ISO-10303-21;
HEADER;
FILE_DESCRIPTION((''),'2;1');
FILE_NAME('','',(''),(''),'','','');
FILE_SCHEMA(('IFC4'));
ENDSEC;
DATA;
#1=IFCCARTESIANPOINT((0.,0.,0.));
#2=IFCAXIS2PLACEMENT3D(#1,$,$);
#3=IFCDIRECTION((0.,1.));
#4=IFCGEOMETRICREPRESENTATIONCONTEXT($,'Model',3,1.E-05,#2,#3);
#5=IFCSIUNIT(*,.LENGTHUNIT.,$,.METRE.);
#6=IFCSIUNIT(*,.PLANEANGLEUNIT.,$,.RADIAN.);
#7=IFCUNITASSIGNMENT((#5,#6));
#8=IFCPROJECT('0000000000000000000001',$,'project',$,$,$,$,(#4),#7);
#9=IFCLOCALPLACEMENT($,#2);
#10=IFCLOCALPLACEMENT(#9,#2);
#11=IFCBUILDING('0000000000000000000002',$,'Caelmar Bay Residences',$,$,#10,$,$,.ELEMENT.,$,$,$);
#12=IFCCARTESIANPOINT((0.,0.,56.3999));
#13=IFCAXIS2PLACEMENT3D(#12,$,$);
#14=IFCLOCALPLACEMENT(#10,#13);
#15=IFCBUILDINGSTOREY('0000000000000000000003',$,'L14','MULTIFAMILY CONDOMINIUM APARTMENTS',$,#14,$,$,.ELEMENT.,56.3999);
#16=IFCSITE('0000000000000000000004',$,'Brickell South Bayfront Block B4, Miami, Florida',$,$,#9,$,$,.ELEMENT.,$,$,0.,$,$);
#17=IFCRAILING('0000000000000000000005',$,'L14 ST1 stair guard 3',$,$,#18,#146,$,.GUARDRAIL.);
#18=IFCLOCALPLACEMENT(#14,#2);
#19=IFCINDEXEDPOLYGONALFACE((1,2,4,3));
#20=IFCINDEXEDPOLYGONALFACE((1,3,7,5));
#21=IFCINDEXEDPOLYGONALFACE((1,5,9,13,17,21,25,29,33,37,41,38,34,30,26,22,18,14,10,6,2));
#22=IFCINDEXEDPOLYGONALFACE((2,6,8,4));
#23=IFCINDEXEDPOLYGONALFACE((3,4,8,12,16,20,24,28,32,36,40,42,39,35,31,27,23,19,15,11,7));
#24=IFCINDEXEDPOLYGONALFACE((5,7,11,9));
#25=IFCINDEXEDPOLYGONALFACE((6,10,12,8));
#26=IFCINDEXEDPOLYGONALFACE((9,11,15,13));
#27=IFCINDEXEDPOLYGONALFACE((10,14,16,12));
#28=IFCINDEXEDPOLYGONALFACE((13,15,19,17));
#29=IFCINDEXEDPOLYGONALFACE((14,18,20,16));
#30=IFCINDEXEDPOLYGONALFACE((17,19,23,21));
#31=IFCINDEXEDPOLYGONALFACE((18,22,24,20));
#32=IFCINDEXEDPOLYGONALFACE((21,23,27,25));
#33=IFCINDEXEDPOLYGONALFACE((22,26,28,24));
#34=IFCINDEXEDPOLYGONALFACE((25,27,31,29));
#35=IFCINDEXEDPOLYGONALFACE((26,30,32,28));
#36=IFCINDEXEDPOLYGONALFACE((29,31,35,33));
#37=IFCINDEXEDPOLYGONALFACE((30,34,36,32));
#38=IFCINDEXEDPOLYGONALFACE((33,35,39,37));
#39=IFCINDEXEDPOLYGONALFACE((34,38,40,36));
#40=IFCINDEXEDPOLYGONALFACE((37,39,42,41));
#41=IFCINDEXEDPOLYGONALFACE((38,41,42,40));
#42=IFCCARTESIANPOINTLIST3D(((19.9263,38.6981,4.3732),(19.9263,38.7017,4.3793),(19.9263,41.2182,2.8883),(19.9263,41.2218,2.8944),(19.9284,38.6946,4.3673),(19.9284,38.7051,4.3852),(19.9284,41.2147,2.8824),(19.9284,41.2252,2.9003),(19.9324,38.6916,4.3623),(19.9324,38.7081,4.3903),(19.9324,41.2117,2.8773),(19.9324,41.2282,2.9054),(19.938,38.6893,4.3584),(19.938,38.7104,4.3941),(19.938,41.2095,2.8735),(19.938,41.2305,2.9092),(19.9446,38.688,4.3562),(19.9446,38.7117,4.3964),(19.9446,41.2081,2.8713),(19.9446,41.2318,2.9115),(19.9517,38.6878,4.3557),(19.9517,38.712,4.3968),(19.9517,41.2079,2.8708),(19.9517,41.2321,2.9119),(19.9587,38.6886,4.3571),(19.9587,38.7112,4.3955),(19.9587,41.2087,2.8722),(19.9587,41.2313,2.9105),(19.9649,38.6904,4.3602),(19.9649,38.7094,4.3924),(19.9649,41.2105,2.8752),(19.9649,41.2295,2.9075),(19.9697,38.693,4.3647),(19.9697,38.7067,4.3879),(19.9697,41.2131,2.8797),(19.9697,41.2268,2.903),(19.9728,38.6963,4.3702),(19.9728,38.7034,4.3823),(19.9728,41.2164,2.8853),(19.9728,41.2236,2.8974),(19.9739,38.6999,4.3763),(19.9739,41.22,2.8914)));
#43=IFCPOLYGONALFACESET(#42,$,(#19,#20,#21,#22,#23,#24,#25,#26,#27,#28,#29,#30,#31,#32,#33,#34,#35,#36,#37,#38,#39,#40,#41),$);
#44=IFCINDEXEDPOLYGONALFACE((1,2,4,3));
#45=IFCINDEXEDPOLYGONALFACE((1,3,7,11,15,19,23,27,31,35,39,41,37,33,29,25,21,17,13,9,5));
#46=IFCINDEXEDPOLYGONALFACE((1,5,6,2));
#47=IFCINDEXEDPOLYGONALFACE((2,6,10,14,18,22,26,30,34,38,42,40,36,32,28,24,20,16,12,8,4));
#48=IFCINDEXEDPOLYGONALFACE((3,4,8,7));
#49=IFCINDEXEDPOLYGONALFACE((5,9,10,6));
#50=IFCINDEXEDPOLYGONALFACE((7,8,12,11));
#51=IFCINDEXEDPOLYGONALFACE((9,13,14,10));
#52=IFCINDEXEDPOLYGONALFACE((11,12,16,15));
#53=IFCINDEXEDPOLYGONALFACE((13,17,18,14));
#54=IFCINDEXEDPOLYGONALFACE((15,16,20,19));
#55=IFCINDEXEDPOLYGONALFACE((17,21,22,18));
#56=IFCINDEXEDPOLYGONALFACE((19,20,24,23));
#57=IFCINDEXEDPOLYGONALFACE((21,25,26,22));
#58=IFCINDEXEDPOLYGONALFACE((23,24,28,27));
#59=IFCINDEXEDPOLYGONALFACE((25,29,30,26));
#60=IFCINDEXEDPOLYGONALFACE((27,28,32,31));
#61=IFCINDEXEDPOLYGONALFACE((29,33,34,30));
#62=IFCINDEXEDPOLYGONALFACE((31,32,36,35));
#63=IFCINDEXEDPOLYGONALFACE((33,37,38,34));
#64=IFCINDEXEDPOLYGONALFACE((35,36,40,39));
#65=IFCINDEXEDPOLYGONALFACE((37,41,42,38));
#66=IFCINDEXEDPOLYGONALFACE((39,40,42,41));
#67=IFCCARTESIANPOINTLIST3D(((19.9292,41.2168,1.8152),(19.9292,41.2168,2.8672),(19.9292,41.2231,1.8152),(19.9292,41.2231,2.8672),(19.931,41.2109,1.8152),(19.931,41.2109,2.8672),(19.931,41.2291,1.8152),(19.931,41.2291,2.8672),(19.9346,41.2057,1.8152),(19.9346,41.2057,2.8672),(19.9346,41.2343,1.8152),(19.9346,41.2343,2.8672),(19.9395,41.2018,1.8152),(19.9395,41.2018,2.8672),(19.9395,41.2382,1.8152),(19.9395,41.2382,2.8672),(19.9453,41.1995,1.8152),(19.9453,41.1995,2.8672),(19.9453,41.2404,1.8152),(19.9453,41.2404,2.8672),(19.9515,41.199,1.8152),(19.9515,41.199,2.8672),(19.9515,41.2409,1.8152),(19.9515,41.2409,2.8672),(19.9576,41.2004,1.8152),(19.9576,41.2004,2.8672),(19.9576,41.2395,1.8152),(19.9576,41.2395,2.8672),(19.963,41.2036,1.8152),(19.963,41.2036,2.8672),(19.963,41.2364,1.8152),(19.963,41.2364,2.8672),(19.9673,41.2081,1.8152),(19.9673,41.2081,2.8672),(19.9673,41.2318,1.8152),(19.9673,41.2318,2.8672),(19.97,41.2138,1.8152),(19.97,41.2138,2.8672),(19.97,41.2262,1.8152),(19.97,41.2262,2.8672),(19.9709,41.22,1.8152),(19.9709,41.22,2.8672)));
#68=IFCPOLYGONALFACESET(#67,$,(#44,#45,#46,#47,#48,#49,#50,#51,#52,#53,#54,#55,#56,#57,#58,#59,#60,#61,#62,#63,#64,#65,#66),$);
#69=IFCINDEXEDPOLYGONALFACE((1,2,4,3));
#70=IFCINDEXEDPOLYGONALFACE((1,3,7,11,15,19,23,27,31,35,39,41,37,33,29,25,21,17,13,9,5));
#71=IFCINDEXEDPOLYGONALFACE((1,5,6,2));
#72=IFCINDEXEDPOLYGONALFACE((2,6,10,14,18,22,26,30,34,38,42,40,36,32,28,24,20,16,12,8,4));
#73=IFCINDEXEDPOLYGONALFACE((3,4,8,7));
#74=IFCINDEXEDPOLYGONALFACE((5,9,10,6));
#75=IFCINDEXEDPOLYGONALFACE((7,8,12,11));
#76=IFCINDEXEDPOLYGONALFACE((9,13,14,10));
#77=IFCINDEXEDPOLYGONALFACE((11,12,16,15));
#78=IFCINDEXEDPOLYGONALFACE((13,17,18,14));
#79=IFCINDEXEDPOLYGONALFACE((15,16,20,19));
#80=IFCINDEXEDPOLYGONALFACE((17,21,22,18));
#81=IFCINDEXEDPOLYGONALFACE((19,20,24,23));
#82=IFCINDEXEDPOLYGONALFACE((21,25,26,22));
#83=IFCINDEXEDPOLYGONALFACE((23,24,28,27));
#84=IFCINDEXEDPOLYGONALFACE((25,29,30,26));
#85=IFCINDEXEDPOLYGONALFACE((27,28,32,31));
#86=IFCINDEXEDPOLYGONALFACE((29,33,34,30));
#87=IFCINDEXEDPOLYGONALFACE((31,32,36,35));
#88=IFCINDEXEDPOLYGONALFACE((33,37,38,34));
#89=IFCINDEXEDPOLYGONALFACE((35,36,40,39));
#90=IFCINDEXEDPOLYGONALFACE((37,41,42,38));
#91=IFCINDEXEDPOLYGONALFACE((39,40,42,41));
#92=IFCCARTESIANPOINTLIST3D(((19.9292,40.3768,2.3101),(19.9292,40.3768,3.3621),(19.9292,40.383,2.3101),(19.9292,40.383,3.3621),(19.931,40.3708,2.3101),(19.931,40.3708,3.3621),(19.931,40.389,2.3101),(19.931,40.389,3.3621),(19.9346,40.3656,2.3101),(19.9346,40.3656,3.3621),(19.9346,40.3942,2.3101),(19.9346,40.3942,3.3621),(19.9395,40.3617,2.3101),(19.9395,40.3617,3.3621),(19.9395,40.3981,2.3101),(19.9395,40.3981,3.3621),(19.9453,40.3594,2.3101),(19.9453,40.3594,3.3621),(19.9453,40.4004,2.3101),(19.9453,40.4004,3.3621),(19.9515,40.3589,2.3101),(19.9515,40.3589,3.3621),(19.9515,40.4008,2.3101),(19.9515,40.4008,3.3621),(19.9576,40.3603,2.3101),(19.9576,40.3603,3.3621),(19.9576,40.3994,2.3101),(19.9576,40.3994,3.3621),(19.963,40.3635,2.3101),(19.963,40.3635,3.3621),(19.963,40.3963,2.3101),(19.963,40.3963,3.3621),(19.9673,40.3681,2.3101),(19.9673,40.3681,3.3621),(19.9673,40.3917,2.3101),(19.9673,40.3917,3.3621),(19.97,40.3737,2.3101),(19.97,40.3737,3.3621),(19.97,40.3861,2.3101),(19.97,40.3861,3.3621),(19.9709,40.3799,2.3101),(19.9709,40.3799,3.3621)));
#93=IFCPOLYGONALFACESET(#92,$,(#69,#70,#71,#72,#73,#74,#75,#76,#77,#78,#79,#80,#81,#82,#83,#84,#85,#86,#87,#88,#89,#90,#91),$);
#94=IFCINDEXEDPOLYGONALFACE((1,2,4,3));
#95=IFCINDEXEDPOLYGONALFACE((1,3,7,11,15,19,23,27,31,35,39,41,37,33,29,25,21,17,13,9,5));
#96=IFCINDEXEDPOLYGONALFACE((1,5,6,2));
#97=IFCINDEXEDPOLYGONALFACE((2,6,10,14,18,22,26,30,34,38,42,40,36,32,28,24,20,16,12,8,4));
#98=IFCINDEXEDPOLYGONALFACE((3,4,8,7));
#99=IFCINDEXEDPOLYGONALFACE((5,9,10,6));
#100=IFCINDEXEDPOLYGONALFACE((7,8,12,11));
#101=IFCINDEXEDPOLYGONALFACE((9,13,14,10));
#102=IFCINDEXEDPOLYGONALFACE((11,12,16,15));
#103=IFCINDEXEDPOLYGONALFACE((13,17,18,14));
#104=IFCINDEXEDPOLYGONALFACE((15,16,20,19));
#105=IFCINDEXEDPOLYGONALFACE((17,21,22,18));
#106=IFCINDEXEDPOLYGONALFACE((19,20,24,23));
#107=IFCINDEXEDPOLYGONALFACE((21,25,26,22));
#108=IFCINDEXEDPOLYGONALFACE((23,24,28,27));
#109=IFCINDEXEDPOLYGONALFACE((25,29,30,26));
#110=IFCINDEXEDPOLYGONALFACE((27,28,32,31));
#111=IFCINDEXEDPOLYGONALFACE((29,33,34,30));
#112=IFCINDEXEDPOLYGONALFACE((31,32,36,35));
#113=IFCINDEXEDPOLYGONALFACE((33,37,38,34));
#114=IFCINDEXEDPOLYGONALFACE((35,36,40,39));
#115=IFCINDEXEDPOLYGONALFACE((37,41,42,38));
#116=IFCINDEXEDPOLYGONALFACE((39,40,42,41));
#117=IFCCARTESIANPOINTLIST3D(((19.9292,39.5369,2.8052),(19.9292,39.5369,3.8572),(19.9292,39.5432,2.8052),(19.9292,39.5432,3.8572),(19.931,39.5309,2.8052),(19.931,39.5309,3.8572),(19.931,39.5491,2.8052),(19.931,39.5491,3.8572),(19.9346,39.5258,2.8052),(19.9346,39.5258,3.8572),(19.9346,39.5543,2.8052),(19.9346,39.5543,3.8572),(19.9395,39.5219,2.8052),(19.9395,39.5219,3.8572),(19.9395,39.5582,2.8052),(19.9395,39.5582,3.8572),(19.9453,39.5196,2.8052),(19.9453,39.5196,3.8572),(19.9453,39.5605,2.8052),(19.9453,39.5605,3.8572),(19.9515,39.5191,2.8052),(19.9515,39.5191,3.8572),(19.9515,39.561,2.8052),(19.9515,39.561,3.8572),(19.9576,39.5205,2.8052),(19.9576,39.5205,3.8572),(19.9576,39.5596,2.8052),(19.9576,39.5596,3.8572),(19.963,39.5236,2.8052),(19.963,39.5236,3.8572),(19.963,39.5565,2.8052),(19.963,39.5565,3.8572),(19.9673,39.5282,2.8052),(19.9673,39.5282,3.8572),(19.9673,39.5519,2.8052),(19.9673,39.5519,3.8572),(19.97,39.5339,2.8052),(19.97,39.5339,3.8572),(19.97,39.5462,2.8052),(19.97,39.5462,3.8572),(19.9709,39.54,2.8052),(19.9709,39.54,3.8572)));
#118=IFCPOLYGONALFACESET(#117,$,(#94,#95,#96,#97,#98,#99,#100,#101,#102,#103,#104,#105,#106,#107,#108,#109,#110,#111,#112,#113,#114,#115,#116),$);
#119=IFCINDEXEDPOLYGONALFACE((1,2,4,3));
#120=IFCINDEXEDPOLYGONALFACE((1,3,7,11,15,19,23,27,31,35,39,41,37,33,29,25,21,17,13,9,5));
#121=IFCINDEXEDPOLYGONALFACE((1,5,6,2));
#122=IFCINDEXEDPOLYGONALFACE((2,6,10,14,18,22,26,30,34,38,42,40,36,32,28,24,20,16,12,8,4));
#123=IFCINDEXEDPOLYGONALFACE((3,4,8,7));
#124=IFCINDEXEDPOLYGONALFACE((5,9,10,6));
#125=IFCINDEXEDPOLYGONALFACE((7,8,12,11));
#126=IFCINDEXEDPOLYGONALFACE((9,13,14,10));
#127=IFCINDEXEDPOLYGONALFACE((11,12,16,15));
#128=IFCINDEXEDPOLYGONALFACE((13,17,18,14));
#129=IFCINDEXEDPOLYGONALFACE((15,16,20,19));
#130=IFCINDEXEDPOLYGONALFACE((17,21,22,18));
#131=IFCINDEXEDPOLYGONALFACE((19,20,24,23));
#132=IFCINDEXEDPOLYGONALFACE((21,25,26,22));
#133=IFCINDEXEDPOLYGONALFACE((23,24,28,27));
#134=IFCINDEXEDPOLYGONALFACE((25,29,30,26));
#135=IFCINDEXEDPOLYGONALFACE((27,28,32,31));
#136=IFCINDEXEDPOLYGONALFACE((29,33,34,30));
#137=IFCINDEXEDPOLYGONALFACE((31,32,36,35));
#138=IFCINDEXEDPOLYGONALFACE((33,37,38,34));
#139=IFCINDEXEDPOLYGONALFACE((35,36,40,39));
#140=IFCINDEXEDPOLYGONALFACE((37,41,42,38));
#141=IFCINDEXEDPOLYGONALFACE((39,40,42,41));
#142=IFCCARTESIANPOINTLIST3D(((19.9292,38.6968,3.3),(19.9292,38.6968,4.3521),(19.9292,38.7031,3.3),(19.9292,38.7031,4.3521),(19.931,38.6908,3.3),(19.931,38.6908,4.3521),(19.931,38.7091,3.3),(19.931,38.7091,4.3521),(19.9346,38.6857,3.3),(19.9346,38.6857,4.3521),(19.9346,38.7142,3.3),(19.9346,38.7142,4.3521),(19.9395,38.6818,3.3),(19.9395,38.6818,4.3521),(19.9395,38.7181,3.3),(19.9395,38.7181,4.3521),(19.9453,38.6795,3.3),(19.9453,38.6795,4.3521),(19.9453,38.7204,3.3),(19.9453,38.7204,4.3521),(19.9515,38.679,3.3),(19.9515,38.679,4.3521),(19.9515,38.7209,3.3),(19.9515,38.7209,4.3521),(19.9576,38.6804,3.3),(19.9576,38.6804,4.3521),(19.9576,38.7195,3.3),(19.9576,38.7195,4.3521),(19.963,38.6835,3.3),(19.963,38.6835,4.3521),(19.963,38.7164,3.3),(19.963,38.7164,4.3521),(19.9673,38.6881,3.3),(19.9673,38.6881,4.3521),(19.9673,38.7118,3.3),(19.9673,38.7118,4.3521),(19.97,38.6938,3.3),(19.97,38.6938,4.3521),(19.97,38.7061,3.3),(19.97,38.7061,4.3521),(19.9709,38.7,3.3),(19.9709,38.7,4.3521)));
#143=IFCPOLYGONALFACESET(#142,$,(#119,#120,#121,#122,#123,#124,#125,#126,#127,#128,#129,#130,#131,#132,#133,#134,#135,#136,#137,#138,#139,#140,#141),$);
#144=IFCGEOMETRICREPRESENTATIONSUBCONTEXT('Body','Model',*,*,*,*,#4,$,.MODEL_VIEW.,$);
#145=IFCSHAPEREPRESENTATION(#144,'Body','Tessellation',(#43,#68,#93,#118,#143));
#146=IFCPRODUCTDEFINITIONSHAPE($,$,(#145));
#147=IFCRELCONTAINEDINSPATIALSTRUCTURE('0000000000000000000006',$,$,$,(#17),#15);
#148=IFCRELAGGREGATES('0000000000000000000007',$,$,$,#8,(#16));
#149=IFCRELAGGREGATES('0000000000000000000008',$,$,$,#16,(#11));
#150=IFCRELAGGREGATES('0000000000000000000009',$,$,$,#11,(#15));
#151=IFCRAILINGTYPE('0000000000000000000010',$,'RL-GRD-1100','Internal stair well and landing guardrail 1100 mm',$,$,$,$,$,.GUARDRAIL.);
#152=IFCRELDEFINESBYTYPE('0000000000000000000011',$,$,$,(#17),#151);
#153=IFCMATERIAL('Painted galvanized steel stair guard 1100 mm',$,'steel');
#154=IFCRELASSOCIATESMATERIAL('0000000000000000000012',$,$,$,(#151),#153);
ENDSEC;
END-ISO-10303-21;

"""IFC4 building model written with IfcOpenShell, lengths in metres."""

from ifc_helpers import new_model, si_unit, direction, frame, origin, origin_2d, place, context, subcontext, project, spatial, circle, extrude, material, type_object, element, save


model = new_model("IFC4")

# Units and contexts
model_context = context("Model", 3, precision=1e-05, world=origin(), true_north=direction((0.0, 1.0)))
body_context = subcontext(model_context, "Body", "Model", "MODEL_VIEW")
ifc_project = project(units=[si_unit("LENGTHUNIT", "METRE"), si_unit("PLANEANGLEUNIT", "RADIAN")], contexts=[model_context])

# Site, building, storey
site_placement = place(None, origin())
site = spatial("IfcSite", under=ifc_project, at=site_placement, Name="Brickell South Bayfront Block B4, Miami, Florida", CompositionType="ELEMENT", RefElevation=0.0)
building_placement = place(site_placement, origin())
building = spatial("IfcBuilding", under=site, at=building_placement, Name="Caelmar Bay Residences", CompositionType="ELEMENT")
storey_placement = place(building_placement, frame((0.0, 0.0, 56.3999)))
storey = spatial("IfcBuildingStorey", under=building, at=storey_placement, Name="L14", Description="MULTIFAMILY CONDOMINIUM APARTMENTS", CompositionType="ELEMENT", Elevation=56.3999)

# Railing
ifc_material_1 = material(Name="Painted galvanized steel stair guard 1100 mm", Category="steel")
railing_type_1 = type_object("IfcRailingType", Name="RL-GRD-1100", Description="Internal stair well and landing guardrail 1100 mm", PredefinedType="GUARDRAIL", material=ifc_material_1)
railing_1_placement = place(storey_placement, frame((19.95, 41.22, 1.8152)))
element("IfcRailing", 1, at=railing_1_placement, inside=storey, type_object=railing_type_1, Name="L14 ST1 stair guard 3", PredefinedType="GUARDRAIL", context=body_context, shape_type="SweptSolid", body=[
    extrude(circle(Radius=0.0239, at=origin_2d()), frame((0.0, 0.0, 1.0762), z_axis=(0.0, -0.861561, 0.507655), x_axis=(1.0, 0.0, 0.0)), (0.0, 0.0, 1.0), 2.925),
    extrude(circle(Radius=0.021, at=origin_2d()), origin(), (0.0, 0.0, 1.0), 1.052),
    extrude(circle(Radius=0.021, at=origin_2d()), frame((0.0, -0.8401, 0.4949)), (0.0, 0.0, 1.0), 1.052),
    extrude(circle(Radius=0.021, at=origin_2d()), frame((0.0, -1.6799, 0.99)), (0.0, 0.0, 1.0), 1.052),
    extrude(circle(Radius=0.021, at=origin_2d()), frame((0.0, -2.52, 1.4849)), (0.0, 0.0, 1.0), 1.052),
])

save(model, "model.ifc")
